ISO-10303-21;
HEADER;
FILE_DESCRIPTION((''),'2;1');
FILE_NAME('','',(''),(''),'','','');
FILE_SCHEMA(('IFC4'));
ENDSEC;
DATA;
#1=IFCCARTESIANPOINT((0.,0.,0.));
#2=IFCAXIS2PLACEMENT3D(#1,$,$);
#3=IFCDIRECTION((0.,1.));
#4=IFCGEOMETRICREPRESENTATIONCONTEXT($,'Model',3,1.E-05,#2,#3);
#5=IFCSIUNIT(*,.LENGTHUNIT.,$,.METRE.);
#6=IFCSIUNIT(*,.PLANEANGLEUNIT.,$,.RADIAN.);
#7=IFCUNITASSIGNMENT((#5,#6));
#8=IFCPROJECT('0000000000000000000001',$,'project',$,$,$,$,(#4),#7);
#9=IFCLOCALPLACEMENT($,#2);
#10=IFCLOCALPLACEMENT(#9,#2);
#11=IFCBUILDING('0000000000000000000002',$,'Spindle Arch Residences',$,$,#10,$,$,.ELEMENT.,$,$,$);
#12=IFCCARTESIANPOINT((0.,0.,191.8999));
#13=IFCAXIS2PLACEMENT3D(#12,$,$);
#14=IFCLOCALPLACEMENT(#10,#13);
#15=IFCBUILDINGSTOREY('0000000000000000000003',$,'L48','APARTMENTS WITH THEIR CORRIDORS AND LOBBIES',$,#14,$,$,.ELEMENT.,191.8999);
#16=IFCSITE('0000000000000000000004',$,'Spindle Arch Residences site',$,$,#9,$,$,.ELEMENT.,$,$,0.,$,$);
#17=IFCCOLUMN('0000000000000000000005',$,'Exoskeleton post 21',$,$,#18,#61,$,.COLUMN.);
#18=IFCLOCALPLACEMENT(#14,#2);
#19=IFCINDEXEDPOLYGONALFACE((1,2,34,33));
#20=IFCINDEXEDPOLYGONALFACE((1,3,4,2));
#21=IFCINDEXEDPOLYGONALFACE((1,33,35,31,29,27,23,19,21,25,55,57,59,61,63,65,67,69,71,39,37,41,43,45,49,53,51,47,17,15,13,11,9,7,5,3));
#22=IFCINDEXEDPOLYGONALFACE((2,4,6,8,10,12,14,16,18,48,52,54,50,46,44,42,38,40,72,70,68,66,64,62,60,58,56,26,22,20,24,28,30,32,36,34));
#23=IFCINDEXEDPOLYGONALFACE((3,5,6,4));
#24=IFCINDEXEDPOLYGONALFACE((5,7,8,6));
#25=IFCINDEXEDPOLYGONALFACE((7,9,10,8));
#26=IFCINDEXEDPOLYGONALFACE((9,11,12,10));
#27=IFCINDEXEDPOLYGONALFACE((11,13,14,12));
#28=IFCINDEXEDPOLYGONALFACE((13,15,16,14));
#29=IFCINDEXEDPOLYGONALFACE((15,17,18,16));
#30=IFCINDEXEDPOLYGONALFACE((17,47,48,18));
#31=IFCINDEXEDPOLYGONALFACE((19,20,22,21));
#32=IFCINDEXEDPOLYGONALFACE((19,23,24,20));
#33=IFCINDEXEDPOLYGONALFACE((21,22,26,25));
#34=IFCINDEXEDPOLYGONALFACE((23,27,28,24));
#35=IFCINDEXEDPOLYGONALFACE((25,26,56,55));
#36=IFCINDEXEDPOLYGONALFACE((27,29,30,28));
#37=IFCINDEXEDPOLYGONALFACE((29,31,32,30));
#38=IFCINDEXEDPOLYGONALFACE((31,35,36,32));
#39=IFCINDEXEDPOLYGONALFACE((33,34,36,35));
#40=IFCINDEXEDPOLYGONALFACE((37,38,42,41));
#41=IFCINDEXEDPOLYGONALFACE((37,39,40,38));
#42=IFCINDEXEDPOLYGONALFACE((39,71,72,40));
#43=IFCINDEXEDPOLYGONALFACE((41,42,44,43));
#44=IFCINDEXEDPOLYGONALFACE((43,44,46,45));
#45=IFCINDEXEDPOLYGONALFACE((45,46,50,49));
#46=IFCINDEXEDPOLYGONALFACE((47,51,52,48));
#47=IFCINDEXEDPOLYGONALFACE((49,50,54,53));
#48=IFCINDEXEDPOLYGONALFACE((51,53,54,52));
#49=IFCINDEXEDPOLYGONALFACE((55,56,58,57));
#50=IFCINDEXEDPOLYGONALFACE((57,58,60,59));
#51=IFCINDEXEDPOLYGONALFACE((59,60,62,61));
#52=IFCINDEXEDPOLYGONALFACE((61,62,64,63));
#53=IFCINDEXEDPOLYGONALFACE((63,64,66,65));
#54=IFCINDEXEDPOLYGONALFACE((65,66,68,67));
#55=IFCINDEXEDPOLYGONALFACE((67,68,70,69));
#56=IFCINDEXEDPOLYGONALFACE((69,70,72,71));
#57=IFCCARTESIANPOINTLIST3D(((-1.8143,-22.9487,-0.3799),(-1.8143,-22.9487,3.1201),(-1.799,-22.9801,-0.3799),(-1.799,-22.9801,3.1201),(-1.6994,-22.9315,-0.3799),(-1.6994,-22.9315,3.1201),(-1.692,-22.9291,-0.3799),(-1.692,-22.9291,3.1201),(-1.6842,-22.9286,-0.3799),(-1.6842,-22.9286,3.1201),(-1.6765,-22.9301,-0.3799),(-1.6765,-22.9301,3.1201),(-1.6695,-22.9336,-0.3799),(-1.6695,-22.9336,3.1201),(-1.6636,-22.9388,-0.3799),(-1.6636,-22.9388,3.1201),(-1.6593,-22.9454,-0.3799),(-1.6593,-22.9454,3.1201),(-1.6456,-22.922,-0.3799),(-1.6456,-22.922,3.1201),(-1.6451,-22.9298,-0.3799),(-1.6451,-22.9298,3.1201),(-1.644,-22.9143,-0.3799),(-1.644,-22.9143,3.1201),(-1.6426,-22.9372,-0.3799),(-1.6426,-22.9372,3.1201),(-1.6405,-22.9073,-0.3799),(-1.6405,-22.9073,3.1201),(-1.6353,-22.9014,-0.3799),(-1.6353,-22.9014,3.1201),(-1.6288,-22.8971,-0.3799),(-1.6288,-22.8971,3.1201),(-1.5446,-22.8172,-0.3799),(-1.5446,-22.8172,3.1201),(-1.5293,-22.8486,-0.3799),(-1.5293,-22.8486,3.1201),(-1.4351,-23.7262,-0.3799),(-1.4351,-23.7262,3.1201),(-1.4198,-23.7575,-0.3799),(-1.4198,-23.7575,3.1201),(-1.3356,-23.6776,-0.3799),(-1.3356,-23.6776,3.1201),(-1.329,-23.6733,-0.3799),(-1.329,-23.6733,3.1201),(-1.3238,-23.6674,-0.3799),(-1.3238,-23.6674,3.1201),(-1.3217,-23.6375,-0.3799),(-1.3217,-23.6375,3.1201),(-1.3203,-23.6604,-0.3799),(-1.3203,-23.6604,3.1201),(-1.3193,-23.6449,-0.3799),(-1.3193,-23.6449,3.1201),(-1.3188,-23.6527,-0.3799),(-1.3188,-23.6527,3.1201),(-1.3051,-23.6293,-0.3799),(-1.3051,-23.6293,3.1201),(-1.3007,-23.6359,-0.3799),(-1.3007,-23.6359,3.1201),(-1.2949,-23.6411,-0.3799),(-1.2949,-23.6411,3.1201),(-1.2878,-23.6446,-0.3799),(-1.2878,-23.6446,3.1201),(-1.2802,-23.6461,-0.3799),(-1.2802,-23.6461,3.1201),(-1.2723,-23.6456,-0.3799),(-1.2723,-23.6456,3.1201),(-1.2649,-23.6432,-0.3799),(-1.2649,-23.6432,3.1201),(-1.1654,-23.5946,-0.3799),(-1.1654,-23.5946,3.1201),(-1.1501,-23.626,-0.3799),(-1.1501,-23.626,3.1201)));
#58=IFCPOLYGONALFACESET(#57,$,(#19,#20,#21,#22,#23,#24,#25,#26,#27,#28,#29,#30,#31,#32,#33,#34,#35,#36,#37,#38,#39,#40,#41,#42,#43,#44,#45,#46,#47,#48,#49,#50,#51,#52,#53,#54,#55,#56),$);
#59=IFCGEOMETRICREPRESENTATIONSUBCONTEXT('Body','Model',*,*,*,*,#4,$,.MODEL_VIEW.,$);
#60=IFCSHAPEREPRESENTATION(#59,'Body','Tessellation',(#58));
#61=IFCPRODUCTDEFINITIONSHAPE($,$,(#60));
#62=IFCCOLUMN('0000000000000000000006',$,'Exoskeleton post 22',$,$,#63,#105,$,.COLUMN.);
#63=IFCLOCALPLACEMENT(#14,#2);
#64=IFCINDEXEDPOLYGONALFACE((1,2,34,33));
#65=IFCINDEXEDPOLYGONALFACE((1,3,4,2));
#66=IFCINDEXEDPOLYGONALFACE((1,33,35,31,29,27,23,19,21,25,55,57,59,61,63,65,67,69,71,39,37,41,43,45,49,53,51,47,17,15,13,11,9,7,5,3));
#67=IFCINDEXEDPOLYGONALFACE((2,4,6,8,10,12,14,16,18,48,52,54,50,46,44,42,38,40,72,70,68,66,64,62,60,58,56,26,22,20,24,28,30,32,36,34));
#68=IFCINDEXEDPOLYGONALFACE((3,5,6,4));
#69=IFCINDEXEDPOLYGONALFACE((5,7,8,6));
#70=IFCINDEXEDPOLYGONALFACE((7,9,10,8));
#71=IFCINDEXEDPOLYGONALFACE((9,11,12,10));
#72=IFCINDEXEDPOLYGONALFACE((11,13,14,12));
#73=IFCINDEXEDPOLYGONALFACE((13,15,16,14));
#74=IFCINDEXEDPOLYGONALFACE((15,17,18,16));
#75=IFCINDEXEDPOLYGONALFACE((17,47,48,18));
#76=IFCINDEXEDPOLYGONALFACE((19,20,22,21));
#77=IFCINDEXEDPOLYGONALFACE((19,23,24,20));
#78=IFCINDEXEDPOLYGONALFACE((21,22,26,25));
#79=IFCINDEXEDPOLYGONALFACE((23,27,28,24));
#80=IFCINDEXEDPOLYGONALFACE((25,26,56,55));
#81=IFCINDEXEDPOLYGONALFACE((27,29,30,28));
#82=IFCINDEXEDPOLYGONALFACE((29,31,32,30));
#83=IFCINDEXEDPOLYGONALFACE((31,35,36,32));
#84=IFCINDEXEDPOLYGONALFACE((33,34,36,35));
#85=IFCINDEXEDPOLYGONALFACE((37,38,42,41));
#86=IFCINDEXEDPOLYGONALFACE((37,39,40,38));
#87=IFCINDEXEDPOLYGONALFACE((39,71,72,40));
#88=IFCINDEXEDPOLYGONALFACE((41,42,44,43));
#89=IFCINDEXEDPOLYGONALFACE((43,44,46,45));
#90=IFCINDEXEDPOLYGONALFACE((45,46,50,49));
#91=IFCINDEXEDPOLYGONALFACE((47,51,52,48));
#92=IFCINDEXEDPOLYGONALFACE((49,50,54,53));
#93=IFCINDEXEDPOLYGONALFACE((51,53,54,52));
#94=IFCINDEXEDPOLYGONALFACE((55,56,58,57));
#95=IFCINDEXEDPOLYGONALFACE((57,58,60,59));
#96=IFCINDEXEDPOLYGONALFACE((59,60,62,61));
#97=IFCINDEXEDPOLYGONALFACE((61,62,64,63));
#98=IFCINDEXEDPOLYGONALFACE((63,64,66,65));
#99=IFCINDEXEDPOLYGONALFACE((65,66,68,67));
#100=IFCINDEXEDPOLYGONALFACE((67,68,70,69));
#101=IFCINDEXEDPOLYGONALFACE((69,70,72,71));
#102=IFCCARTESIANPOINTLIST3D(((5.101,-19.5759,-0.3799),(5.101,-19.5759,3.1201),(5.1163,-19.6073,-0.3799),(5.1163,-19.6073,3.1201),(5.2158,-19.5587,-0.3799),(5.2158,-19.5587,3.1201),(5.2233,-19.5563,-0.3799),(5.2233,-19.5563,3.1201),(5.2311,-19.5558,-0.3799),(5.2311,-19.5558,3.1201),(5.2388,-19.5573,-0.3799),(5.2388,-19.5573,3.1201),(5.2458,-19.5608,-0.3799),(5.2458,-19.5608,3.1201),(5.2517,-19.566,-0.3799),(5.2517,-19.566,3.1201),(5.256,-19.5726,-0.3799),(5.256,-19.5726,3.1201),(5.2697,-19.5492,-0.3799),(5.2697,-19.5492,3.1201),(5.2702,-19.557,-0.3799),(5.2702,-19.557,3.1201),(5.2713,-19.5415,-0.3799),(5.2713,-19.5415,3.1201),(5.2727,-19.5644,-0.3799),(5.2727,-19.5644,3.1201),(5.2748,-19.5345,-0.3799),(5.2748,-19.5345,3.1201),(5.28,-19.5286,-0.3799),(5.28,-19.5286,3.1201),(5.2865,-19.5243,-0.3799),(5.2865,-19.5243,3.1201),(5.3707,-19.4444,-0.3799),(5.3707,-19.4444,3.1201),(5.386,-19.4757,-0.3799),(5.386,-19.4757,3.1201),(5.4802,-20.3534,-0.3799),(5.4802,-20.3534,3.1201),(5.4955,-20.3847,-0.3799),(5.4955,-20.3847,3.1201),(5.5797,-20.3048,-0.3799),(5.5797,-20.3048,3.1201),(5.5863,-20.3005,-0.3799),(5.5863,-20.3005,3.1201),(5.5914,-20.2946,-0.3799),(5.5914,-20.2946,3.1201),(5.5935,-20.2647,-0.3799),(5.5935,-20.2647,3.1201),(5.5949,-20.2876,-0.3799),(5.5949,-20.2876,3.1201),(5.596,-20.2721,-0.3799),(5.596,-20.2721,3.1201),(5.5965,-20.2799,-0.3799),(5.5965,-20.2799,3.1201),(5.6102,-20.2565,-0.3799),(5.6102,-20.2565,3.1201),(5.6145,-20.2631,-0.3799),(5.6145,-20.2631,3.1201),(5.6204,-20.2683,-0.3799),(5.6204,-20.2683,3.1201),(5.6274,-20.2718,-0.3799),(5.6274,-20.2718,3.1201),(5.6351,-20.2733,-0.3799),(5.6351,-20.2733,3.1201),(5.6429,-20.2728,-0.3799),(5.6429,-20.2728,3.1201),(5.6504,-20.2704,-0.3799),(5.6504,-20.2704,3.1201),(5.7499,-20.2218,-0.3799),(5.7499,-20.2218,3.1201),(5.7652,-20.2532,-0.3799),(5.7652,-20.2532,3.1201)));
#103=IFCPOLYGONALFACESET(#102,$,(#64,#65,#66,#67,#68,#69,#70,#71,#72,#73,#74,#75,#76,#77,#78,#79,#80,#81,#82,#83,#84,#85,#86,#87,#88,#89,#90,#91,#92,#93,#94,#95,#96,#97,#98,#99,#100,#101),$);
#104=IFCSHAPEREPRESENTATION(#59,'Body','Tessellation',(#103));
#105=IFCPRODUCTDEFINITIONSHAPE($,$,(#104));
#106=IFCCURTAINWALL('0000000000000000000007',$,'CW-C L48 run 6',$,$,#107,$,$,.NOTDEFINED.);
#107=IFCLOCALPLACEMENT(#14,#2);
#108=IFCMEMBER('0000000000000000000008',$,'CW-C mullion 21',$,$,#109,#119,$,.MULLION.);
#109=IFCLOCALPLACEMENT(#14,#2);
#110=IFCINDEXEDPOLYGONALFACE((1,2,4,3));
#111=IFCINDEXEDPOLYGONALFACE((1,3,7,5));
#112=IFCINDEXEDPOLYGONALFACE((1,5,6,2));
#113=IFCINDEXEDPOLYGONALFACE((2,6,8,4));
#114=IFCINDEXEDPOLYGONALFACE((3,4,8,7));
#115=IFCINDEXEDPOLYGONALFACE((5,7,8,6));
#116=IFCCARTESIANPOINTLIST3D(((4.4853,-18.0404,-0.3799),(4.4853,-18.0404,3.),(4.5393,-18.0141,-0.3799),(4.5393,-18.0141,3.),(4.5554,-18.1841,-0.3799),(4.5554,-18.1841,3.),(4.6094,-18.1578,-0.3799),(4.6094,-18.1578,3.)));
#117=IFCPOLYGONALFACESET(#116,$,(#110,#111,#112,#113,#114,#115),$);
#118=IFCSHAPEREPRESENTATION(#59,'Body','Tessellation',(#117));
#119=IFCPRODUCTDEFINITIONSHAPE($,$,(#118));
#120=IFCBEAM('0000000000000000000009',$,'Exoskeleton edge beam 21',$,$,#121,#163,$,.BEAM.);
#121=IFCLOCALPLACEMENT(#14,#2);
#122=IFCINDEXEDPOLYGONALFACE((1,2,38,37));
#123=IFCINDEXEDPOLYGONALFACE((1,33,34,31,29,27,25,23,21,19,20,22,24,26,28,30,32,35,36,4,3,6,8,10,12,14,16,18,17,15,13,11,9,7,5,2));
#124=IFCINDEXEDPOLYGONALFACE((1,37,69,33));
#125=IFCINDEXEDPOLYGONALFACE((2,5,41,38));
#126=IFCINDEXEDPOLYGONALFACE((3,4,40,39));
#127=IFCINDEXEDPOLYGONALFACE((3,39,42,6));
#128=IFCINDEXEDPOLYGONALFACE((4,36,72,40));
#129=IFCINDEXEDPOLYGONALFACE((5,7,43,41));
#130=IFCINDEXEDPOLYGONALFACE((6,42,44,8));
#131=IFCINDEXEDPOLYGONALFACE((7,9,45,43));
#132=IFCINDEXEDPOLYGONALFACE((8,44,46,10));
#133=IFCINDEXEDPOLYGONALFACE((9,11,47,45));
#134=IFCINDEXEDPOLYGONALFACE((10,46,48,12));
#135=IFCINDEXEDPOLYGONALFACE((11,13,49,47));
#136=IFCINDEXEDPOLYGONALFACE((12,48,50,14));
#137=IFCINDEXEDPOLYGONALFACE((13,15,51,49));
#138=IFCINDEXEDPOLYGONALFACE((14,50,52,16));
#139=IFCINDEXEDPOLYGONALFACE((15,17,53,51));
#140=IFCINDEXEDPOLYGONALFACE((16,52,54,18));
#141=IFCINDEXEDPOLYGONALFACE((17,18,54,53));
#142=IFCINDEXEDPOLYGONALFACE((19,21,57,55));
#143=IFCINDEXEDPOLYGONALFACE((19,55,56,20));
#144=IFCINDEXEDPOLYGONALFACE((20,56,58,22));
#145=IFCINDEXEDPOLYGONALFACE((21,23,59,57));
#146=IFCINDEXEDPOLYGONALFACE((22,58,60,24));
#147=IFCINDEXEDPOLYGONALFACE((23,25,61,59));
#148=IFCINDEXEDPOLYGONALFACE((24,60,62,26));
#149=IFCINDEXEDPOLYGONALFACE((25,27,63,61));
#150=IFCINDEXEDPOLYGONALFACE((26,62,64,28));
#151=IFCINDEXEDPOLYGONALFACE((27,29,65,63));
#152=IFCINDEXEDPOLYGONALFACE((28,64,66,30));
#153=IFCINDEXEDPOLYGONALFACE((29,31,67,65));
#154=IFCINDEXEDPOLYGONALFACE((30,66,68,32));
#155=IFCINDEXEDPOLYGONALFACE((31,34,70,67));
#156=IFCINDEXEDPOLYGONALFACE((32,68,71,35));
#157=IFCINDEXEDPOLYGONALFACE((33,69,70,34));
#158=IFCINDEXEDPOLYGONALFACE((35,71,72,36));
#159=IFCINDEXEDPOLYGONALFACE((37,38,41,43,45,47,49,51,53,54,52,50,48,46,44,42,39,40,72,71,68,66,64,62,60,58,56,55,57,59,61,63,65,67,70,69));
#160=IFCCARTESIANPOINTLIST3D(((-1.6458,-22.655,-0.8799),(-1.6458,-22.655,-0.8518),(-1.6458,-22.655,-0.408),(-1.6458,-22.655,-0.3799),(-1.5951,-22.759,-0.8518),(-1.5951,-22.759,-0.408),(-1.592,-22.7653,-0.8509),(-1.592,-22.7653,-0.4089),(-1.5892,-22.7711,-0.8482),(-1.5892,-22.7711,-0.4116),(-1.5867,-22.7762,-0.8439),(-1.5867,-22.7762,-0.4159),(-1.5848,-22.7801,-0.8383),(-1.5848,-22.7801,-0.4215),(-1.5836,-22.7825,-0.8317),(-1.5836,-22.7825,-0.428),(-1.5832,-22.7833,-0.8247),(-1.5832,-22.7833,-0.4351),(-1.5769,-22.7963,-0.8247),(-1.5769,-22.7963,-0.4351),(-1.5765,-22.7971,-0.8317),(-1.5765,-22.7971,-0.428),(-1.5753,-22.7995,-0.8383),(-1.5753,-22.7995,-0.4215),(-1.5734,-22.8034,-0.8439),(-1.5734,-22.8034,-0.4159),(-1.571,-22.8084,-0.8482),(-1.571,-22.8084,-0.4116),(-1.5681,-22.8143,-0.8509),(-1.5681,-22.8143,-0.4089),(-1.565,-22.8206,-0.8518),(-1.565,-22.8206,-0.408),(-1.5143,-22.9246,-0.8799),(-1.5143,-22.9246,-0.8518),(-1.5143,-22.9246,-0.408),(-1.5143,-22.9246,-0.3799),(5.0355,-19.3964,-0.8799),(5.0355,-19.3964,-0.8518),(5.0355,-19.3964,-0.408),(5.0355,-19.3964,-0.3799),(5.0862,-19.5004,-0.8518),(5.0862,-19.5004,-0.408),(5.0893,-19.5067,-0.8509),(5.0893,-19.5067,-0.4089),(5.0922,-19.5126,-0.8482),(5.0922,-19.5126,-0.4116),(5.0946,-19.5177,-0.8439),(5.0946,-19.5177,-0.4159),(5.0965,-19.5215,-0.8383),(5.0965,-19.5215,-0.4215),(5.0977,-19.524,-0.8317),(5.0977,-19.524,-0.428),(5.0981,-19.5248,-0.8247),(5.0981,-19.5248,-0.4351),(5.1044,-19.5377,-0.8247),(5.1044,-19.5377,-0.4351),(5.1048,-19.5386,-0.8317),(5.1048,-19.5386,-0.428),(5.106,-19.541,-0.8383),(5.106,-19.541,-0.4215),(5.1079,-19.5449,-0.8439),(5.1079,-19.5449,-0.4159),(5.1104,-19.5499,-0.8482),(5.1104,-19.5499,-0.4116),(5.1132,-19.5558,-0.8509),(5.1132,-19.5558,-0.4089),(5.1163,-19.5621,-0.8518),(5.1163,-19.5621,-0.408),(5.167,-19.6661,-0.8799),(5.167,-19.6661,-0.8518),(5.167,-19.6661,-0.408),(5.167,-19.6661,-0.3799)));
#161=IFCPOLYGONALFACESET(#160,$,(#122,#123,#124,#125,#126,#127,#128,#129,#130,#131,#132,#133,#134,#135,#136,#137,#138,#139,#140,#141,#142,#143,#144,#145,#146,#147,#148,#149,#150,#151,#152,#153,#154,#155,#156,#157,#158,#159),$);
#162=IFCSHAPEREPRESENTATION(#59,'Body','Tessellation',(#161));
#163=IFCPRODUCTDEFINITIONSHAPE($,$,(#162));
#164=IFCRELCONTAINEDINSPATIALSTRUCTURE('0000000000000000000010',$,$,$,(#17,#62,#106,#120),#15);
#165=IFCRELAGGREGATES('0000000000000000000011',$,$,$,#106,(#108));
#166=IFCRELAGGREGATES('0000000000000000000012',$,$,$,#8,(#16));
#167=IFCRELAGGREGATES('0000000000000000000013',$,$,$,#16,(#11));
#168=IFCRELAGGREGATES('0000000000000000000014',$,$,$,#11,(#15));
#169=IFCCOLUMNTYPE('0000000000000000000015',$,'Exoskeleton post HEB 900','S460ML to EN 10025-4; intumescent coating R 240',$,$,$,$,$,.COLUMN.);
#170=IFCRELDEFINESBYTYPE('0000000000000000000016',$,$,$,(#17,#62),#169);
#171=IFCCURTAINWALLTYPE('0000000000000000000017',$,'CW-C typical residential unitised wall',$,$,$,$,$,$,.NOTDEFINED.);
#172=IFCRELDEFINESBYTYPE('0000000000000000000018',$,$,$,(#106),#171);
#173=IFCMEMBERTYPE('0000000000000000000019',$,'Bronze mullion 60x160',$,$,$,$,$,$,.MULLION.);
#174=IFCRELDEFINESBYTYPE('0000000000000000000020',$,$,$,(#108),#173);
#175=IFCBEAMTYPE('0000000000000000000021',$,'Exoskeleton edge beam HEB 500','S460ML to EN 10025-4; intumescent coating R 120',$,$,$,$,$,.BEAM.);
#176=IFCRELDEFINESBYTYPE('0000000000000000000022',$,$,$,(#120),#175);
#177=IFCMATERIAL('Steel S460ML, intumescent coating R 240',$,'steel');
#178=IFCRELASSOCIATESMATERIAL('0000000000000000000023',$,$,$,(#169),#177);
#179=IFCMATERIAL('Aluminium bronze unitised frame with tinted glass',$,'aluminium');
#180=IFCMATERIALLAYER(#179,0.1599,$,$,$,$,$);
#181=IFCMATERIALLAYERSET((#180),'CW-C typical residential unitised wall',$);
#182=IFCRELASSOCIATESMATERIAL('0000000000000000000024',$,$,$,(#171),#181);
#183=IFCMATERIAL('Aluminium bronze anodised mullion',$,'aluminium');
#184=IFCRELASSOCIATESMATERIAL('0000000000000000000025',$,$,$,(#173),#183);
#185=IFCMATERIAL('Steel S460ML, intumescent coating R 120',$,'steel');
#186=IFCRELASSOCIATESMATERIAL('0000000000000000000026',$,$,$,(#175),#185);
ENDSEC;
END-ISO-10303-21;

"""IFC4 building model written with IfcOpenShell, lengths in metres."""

from ifc_helpers import new_model, si_unit, direction, frame, origin, origin_2d, place, context, subcontext, project, spatial, rectangle, i_section, extrude, material, layer, layer_set, material_profile, profile_set, type_object, element, aggregate, save


model = new_model("IFC4")

# Units and contexts
model_context = context("Model", 3, precision=1e-05, world=origin(), true_north=direction((0.0, 1.0)))
body_context = subcontext(model_context, "Body", "Model", "MODEL_VIEW")
ifc_project = project(units=[si_unit("LENGTHUNIT", "METRE"), si_unit("PLANEANGLEUNIT", "RADIAN")], contexts=[model_context])

# Site, building, storey
site_placement = place(None, origin())
site = spatial("IfcSite", under=ifc_project, at=site_placement, Name="Spindle Arch Residences site", CompositionType="ELEMENT", RefElevation=0.0)
building_placement = place(site_placement, origin())
building = spatial("IfcBuilding", under=site, at=building_placement, Name="Spindle Arch Residences", CompositionType="ELEMENT")
storey_placement = place(building_placement, frame((0.0, 0.0, 191.8999)))
storey = spatial("IfcBuildingStorey", under=building, at=storey_placement, Name="L48", Description="APARTMENTS WITH THEIR CORRIDORS AND LOBBIES", CompositionType="ELEMENT", Elevation=191.8999)

# Columns
ifc_material_1 = material(Name="Steel S460ML, intumescent coating R 240", Category="steel")
ifc_material_profile_1 = material_profile(ifc_material_1, i_section(OverallWidth=0.3, OverallDepth=0.8999, WebThickness=0.0186, FlangeThickness=0.0349, FilletRadius=0.03, at=origin_2d()), Name="HEB 900")
ifc_profile_set_1 = profile_set([ifc_material_profile_1], Name="Steel S460ML, intumescent coating R 240")
column_type = type_object("IfcColumnType", Name="Exoskeleton post HEB 900", Description="S460ML to EN 10025-4; intumescent coating R 240", PredefinedType="COLUMN", material=ifc_profile_set_1)
for number, where, z_axis, x_axis, name in (
    (1, (-1.4822, -23.2874, -0.3799), (0.0, 0.0, 1.0), (-0.898794, -0.438371, 0.0), "Exoskeleton post 21"),
    (2, (5.4331, -19.9146, -0.3799), (0.0, 0.0, 1.0), (-0.898794, -0.438371, 0.0), "Exoskeleton post 22"),
):
    element("IfcColumn", number, at=place(storey_placement, frame(where, z_axis=z_axis, x_axis=x_axis)), inside=storey, type_object=column_type, Name=name, PredefinedType="COLUMN", context=body_context, shape_type="SweptSolid", body=[
        extrude(i_section(OverallWidth=0.3, OverallDepth=0.8999, WebThickness=0.0186, FlangeThickness=0.0349, FilletRadius=0.03, at=origin_2d()), origin(), (0.0, 0.0, 1.0), 3.5),
    ])

# Curtain wall, member
ifc_material_2 = material(Name="Aluminium bronze unitised frame with tinted glass", Category="aluminium")
ifc_layer_1 = layer(ifc_material_2, 0.1599)
ifc_layer_set_1 = layer_set([ifc_layer_1], Name="CW-C typical residential unitised wall")
curtain_wall_type = type_object("IfcCurtainWallType", Name="CW-C typical residential unitised wall", PredefinedType="NOTDEFINED", material=ifc_layer_set_1)
curtain_wall_placement = place(storey_placement, origin())
curtain_wall = element("IfcCurtainWall", 3, at=curtain_wall_placement, inside=storey, type_object=curtain_wall_type, Name="CW-C L48 run 6", PredefinedType="NOTDEFINED")
ifc_material_3 = material(Name="Aluminium bronze anodised mullion", Category="aluminium")
ifc_material_profile_2 = material_profile(ifc_material_3, rectangle(XDim=0.1599, YDim=0.0601, at=origin_2d()), Name="MU 60x160")
ifc_profile_set_2 = profile_set([ifc_material_profile_2], Name="Aluminium bronze anodised mullion")
member_type = type_object("IfcMemberType", Name="Bronze mullion 60x160", PredefinedType="MULLION", material=ifc_profile_set_2)
member_placement = place(storey_placement, frame((4.5474, -18.0991, -0.3799), z_axis=(0.0, 0.0, 1.0), x_axis=(-0.438371, 0.898794, 0.0)))
member = element("IfcMember", 4, at=member_placement, type_object=member_type, Name="CW-C mullion 21", PredefinedType="MULLION", context=body_context, shape_type="SweptSolid", body=[
    extrude(rectangle(XDim=0.1599, YDim=0.0601, at=origin_2d()), origin(), (0.0, 0.0, 1.0), 3.3799),
])

# Beam
ifc_material_4 = material(Name="Steel S460ML, intumescent coating R 120", Category="steel")
ifc_material_profile_3 = material_profile(ifc_material_4, i_section(OverallWidth=0.3, OverallDepth=0.5, WebThickness=0.0144, FlangeThickness=0.0281, FilletRadius=0.0271, at=origin_2d()), Name="HEB 500")
ifc_profile_set_3 = profile_set([ifc_material_profile_3], Name="Steel S460ML, intumescent coating R 120")
beam_type_1 = type_object("IfcBeamType", Name="Exoskeleton edge beam HEB 500", Description="S460ML to EN 10025-4; intumescent coating R 120", PredefinedType="BEAM", material=ifc_profile_set_3)
beam_1_placement = place(storey_placement, frame((-1.5801, -22.7898, -0.6299), z_axis=(0.898804, 0.438351, 0.0), x_axis=(-0.438351, 0.898804, 0.0)))
element("IfcBeam", 5, at=beam_1_placement, inside=storey, type_object=beam_type_1, Name="Exoskeleton edge beam 21", PredefinedType="BEAM", context=body_context, shape_type="SweptSolid", body=[
    extrude(i_section(OverallWidth=0.3, OverallDepth=0.5, WebThickness=0.0144, FlangeThickness=0.0281, FilletRadius=0.0271, at=origin_2d()), origin(), (0.0, 0.0, 1.0), 7.4336),
])

aggregate(curtain_wall, [member])

save(model, "model.ifc")
